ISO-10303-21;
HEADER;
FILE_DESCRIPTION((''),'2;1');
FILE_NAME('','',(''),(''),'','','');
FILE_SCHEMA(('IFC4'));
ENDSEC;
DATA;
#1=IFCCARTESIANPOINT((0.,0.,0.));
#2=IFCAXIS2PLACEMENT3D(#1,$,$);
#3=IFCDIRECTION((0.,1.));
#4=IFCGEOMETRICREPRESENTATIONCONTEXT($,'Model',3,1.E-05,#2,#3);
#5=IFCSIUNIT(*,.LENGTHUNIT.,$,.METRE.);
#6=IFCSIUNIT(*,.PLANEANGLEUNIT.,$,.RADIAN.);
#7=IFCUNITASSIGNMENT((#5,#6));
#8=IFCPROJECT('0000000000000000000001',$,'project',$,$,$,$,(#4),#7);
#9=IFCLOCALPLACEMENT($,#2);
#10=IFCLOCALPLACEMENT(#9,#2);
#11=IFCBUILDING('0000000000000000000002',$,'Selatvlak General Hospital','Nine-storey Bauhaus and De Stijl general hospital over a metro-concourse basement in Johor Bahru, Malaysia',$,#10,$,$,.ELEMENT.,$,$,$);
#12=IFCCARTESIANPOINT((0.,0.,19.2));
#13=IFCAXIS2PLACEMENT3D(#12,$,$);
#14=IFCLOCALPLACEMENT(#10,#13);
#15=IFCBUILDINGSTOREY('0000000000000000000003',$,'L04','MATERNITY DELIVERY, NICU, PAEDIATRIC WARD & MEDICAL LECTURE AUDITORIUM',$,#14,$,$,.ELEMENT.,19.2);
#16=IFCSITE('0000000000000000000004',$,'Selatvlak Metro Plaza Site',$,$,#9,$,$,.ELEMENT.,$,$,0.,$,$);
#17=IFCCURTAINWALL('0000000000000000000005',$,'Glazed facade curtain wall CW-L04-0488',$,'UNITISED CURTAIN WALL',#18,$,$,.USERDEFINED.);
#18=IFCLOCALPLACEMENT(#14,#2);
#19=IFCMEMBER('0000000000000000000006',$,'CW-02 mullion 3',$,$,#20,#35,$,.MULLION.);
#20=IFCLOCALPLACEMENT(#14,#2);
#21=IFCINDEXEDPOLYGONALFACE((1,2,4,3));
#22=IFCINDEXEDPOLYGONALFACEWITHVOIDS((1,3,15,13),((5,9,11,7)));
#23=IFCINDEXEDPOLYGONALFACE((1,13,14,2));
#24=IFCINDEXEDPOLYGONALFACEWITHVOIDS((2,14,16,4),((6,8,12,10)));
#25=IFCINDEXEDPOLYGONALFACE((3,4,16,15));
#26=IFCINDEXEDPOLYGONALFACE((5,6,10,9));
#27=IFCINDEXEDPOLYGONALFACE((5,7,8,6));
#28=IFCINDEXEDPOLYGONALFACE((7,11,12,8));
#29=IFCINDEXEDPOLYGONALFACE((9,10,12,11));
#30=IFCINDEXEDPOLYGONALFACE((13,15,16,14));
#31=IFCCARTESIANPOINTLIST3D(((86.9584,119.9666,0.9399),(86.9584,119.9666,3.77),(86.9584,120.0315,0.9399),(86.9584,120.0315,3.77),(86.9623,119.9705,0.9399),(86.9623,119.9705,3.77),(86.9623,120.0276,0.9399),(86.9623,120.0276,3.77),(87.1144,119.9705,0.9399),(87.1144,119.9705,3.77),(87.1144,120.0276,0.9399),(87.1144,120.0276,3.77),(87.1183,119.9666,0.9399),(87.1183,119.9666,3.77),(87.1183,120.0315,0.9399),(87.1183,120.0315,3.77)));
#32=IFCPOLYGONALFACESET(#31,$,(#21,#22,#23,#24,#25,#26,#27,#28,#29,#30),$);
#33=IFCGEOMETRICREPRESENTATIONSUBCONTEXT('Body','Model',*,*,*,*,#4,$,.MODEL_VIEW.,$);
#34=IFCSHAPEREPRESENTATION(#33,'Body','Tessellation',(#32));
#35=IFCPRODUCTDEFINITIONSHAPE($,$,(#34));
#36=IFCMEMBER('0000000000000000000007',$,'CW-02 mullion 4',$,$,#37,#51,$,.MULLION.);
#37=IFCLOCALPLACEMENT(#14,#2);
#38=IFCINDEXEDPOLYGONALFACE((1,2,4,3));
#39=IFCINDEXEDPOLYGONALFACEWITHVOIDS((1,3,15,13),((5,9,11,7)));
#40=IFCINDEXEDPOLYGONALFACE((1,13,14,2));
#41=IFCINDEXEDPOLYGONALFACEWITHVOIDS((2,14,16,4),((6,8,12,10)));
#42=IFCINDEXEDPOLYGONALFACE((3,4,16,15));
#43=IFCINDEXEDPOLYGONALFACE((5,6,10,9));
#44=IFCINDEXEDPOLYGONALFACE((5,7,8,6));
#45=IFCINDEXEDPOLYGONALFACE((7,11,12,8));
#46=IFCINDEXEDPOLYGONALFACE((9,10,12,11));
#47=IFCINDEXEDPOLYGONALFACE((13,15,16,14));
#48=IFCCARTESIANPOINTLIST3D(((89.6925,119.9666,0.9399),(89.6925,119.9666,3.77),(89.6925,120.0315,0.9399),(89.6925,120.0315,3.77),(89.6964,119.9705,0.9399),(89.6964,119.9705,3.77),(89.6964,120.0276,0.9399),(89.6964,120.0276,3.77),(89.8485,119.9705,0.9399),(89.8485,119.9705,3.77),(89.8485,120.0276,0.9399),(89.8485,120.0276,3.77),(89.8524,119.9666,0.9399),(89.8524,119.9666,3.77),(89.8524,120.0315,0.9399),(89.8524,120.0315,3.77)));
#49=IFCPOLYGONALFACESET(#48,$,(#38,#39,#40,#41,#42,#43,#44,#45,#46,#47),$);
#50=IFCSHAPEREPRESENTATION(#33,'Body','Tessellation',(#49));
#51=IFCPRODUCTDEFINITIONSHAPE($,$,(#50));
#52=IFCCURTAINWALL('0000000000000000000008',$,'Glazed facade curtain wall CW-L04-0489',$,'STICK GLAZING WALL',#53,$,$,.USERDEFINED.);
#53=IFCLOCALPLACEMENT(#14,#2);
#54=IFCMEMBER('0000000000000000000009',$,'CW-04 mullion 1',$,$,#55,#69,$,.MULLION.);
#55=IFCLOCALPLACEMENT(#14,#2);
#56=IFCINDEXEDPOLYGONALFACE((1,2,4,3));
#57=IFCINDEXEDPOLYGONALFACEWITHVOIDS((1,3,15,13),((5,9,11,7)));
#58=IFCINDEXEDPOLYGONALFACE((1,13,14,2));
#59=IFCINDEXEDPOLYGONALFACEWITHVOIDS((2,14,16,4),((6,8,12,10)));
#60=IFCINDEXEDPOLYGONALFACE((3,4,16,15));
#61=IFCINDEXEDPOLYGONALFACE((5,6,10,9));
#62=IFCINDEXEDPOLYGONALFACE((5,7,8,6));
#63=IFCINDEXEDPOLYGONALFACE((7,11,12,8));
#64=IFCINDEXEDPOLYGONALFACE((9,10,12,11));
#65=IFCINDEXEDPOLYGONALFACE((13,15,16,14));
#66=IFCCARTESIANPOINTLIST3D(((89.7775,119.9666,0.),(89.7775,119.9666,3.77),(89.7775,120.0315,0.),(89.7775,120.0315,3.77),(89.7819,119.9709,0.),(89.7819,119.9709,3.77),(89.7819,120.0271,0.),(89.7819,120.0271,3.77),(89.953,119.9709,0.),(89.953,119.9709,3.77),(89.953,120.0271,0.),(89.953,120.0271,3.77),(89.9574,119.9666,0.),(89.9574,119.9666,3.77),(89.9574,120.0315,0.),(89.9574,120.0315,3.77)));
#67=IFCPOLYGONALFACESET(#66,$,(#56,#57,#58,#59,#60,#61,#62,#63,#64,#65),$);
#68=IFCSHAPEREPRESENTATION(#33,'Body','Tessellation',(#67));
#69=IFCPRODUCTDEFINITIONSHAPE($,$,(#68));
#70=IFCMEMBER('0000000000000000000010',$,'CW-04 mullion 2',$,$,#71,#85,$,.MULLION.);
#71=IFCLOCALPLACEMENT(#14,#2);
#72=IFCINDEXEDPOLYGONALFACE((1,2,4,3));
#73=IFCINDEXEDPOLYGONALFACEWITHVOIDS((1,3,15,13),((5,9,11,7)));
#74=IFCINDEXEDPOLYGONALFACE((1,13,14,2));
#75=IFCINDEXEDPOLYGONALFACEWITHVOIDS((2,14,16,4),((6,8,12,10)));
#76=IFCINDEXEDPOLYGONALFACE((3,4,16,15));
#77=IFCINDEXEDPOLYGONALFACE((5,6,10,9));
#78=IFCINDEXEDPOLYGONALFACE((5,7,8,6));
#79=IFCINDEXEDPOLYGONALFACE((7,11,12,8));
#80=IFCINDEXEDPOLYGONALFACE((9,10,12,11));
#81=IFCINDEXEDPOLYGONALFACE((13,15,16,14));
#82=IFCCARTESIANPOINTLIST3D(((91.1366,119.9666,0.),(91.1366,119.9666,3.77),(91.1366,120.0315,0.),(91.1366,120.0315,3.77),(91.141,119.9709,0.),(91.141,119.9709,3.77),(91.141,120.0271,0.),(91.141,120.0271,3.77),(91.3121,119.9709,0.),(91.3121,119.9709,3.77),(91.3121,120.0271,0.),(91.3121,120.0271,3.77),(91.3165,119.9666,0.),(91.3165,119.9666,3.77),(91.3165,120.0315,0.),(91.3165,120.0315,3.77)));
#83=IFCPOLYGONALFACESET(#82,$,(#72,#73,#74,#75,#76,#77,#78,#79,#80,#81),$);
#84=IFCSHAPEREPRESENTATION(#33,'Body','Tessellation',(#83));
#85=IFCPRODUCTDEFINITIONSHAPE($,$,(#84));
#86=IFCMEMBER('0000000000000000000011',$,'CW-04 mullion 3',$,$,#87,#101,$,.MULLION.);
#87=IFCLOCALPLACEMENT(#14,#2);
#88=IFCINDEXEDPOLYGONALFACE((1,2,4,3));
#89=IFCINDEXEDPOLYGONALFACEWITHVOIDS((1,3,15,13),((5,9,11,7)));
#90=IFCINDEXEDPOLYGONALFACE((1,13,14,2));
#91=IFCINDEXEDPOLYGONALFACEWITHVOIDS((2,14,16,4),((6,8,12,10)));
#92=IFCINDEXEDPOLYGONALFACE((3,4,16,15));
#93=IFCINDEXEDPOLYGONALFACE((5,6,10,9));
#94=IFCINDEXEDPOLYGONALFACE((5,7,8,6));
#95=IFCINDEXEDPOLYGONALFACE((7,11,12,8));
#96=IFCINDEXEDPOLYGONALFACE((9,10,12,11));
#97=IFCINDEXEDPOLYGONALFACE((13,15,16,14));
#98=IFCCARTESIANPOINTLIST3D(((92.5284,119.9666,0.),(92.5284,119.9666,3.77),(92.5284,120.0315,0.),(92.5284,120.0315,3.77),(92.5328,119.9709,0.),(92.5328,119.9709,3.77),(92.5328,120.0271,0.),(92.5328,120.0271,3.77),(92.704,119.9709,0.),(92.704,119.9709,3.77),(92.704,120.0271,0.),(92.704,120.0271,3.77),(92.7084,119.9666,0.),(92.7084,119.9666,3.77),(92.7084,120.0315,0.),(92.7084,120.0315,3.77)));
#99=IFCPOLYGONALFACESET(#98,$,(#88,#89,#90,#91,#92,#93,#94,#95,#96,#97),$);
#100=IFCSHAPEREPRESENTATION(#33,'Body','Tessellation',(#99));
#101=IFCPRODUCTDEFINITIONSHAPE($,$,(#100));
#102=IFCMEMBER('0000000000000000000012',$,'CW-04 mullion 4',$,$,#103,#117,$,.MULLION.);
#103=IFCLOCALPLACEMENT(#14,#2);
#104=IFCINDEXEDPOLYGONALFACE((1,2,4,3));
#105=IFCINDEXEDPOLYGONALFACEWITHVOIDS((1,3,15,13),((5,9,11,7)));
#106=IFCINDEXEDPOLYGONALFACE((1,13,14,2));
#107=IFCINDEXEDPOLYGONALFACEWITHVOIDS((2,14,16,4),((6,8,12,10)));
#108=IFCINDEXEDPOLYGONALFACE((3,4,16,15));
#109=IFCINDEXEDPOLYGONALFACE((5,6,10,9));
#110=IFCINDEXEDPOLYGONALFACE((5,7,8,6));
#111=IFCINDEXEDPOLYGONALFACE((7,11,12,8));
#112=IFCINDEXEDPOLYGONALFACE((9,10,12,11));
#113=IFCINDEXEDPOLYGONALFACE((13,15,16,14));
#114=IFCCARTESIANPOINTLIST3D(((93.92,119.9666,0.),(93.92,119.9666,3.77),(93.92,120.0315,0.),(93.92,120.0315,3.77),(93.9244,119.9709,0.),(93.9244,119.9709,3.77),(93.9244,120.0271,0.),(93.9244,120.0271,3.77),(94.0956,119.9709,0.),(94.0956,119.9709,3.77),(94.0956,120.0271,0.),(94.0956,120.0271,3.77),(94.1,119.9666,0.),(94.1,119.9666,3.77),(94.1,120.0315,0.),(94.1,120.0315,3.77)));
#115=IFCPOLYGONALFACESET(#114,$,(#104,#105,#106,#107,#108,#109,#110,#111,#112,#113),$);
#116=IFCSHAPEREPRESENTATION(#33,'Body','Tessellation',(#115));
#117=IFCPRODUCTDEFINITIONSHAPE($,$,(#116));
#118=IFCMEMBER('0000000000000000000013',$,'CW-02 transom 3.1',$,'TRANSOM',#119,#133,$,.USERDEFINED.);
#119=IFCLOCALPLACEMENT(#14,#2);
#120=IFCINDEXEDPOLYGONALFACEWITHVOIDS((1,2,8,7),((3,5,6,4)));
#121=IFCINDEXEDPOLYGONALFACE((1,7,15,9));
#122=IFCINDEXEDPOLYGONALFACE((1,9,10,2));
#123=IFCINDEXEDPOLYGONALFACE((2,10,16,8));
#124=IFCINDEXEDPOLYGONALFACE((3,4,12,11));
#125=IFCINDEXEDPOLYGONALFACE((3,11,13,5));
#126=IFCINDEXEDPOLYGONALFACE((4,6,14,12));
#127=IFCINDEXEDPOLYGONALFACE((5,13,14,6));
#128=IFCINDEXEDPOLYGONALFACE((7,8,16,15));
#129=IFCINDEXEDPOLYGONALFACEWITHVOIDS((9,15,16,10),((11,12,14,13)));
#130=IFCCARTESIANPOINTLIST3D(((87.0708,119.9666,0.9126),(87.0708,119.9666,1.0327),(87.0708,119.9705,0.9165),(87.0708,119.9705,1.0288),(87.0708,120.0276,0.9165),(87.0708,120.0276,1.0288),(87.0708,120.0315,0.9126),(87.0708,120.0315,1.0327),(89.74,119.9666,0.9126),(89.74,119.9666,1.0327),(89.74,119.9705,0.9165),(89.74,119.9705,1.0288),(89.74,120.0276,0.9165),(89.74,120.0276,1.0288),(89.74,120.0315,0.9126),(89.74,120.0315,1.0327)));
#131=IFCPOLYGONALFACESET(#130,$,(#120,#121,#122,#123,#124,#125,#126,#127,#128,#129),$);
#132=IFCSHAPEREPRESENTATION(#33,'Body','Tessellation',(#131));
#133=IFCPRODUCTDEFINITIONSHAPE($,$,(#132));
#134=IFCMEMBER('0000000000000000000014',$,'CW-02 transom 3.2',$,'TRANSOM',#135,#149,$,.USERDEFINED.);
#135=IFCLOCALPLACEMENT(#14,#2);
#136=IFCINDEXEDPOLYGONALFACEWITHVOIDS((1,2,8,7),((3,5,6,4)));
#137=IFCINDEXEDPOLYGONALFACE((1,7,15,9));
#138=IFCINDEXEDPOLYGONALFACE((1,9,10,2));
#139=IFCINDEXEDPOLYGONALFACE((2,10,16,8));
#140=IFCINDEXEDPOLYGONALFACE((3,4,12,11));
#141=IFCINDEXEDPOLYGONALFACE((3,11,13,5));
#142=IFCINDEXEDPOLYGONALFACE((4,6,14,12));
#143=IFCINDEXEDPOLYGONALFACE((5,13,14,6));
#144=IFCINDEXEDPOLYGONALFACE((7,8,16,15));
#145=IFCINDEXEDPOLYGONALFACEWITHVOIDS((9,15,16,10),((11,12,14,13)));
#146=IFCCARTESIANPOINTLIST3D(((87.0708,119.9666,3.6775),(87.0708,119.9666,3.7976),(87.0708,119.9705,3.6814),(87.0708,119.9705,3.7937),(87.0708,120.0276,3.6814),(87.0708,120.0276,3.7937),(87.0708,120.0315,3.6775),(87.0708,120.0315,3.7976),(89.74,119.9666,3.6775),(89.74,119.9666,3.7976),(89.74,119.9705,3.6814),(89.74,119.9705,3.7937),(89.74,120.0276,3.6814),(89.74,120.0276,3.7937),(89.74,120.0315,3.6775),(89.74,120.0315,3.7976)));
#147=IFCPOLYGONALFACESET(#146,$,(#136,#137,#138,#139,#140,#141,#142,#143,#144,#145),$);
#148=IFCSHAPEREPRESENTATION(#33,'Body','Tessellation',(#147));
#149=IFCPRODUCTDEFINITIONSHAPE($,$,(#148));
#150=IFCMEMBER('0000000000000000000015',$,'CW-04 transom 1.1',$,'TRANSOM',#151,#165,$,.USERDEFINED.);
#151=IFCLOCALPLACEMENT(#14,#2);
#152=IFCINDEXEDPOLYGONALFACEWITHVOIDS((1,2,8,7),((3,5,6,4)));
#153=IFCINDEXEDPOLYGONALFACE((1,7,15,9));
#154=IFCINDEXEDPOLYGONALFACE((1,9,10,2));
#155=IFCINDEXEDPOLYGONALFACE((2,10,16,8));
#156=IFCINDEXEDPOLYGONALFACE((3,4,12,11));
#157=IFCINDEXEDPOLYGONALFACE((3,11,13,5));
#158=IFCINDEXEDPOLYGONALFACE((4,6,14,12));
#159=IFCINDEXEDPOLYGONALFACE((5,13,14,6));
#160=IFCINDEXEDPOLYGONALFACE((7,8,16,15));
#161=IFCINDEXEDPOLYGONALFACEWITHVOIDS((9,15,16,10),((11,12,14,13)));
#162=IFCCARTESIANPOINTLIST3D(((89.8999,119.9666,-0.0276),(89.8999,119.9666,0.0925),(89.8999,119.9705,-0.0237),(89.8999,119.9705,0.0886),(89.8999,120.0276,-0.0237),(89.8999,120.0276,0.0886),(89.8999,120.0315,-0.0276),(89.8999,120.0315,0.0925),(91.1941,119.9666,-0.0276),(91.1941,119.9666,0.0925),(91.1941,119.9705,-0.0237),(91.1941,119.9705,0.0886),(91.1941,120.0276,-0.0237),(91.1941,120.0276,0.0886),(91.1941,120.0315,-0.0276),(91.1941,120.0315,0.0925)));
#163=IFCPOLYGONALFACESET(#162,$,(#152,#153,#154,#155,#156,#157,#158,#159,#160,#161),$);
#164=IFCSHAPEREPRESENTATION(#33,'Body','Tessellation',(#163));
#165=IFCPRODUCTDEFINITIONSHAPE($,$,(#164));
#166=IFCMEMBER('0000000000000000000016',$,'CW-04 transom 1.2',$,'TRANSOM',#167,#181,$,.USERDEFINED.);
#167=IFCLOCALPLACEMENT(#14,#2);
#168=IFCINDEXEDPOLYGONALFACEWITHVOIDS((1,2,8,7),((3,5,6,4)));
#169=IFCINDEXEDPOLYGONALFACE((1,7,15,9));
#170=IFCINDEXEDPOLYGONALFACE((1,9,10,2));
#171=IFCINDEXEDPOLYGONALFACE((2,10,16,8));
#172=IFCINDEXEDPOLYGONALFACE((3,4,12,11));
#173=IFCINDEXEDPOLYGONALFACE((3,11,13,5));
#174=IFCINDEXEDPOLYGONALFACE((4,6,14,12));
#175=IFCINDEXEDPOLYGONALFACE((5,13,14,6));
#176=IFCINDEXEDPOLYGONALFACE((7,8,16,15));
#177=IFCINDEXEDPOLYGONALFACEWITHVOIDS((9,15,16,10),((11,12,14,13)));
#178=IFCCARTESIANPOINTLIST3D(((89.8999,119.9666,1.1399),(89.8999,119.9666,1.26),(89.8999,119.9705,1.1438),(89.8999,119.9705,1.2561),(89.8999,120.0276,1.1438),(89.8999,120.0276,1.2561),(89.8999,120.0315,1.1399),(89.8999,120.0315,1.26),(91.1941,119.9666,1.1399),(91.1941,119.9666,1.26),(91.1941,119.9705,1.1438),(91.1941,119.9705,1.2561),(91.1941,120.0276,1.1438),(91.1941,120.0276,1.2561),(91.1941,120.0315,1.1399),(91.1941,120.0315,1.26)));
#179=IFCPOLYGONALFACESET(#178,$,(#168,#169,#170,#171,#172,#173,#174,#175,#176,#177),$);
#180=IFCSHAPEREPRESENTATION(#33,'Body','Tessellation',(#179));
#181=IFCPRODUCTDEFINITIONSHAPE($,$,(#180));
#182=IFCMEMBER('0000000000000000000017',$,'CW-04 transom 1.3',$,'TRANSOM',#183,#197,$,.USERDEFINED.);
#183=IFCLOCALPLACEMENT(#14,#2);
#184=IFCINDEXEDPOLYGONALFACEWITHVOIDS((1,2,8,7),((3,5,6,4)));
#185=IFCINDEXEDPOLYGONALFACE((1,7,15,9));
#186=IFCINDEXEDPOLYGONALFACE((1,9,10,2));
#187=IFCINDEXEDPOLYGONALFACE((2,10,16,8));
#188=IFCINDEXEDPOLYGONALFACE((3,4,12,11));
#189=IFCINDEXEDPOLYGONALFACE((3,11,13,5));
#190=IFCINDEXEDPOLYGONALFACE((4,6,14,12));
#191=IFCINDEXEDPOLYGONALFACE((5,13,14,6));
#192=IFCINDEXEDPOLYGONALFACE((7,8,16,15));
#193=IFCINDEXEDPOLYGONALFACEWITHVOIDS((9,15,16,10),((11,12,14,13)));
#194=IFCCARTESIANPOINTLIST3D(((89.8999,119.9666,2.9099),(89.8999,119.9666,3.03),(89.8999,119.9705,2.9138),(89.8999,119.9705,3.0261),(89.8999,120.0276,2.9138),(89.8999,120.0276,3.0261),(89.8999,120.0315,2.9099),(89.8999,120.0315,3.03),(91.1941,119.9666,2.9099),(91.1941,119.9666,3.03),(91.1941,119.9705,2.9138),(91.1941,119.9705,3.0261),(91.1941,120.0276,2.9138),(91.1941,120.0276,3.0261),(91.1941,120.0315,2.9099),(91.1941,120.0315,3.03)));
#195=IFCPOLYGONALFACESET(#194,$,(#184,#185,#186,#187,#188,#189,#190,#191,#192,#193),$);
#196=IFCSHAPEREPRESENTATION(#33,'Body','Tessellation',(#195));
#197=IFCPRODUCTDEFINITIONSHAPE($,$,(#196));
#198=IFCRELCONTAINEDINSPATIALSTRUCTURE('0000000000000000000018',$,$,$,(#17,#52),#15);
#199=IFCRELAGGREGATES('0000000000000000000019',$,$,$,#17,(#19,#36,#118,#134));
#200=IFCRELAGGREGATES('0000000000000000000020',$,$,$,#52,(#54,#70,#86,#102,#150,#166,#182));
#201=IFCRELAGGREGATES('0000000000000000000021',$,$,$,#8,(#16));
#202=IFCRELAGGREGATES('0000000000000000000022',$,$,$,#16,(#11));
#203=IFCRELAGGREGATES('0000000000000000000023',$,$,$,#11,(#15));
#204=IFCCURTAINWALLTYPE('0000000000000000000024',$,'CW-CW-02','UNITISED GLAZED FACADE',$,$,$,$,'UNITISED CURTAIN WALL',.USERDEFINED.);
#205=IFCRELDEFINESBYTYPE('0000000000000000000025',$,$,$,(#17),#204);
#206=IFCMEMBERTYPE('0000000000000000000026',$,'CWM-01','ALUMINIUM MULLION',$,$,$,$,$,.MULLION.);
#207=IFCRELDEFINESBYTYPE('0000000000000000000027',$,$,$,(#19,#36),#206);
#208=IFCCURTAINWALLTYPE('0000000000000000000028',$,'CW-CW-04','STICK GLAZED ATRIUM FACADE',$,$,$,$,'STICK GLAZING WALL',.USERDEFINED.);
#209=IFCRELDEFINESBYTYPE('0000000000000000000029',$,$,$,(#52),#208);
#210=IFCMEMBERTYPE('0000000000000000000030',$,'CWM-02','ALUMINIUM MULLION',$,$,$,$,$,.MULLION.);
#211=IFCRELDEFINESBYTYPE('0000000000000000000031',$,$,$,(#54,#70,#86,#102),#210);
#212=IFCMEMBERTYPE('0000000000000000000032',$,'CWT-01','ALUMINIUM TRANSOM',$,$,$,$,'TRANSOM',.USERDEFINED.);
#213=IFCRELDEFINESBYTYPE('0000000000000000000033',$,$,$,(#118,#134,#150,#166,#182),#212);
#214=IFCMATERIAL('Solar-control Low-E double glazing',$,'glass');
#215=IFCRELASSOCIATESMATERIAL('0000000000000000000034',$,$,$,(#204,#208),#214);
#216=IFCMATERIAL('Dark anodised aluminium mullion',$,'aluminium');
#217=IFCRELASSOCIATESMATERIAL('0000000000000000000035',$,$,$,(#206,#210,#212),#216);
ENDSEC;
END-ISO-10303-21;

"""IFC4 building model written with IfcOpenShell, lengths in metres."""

from ifc_helpers import new_model, si_unit, direction, frame, origin, origin_2d, place, context, subcontext, project, spatial, hollow_rectangle, extrude, material, material_profile, profile_set, type_object, element, aggregate, save


model = new_model("IFC4")

# Units and contexts
model_context = context("Model", 3, precision=1e-05, world=origin(), true_north=direction((0.0, 1.0)))
body_context = subcontext(model_context, "Body", "Model", "MODEL_VIEW")
ifc_project = project(units=[si_unit("LENGTHUNIT", "METRE"), si_unit("PLANEANGLEUNIT", "RADIAN")], contexts=[model_context])

# Site, building, storey
site_placement = place(None, origin())
site = spatial("IfcSite", under=ifc_project, at=site_placement, Name="Selatvlak Metro Plaza Site", CompositionType="ELEMENT", RefElevation=0.0)
building_placement = place(site_placement, origin())
building = spatial("IfcBuilding", under=site, at=building_placement, Name="Selatvlak General Hospital", Description="Nine-storey Bauhaus and De Stijl general hospital over a metro-concourse basement in Johor Bahru, Malaysia", CompositionType="ELEMENT")
storey_placement = place(building_placement, frame((0.0, 0.0, 19.2)))
storey = spatial("IfcBuildingStorey", under=building, at=storey_placement, Name="L04", Description="MATERNITY DELIVERY, NICU, PAEDIATRIC WARD & MEDICAL LECTURE AUDITORIUM", CompositionType="ELEMENT", Elevation=19.2)

# Curtain walls, members
ifc_material_1 = material(Name="Solar-control Low-E double glazing", Category="glass")
curtain_wall_type_1 = type_object("IfcCurtainWallType", Name="CW-CW-02", Description="UNITISED GLAZED FACADE", ElementType="UNITISED CURTAIN WALL", PredefinedType="USERDEFINED", material=ifc_material_1)
curtain_wall_1_placement = place(storey_placement, origin())
curtain_wall_1 = element("IfcCurtainWall", 1, at=curtain_wall_1_placement, inside=storey, type_object=curtain_wall_type_1, Name="Glazed facade curtain wall CW-L04-0488", ObjectType="UNITISED CURTAIN WALL", PredefinedType="USERDEFINED")
ifc_material_2 = material(Name="Dark anodised aluminium mullion", Category="aluminium")
ifc_material_profile_1 = material_profile(ifc_material_2, hollow_rectangle(XDim=0.0649, YDim=0.1599, WallThickness=0.0039, at=origin_2d()), Name="AL-MUL 65x160x4")
ifc_profile_set_1 = profile_set([ifc_material_profile_1], Name="Dark anodised aluminium mullion")
member_type_1 = type_object("IfcMemberType", Name="CWM-01", Description="ALUMINIUM MULLION", PredefinedType="MULLION", material=ifc_profile_set_1)
member_1_placement = place(storey_placement, frame((87.0383, 119.999, 0.9399), z_axis=(0.0, 0.0, 1.0), x_axis=(0.0, 1.0, 0.0)))
member_1 = element("IfcMember", 2, at=member_1_placement, type_object=member_type_1, Name="CW-02 mullion 3", PredefinedType="MULLION", context=body_context, shape_type="SweptSolid", body=[
    extrude(hollow_rectangle(XDim=0.0649, YDim=0.1599, WallThickness=0.0039, at=origin_2d()), origin(), (0.0, 0.0, 1.0), 2.8301),
])
member_2_placement = place(storey_placement, frame((89.7725, 119.999, 0.9399), z_axis=(0.0, 0.0, 1.0), x_axis=(0.0, 1.0, 0.0)))
member_2 = element("IfcMember", 3, at=member_2_placement, type_object=member_type_1, Name="CW-02 mullion 4", PredefinedType="MULLION", context=body_context, shape_type="SweptSolid", body=[
    extrude(hollow_rectangle(XDim=0.0649, YDim=0.1599, WallThickness=0.0039, at=origin_2d()), origin(), (0.0, 0.0, 1.0), 2.8301),
])
curtain_wall_type_2 = type_object("IfcCurtainWallType", Name="CW-CW-04", Description="STICK GLAZED ATRIUM FACADE", ElementType="STICK GLAZING WALL", PredefinedType="USERDEFINED", material=ifc_material_1)
curtain_wall_2_placement = place(storey_placement, origin())
curtain_wall_2 = element("IfcCurtainWall", 4, at=curtain_wall_2_placement, inside=storey, type_object=curtain_wall_type_2, Name="Glazed facade curtain wall CW-L04-0489", ObjectType="STICK GLAZING WALL", PredefinedType="USERDEFINED")
ifc_material_profile_2 = material_profile(ifc_material_2, hollow_rectangle(XDim=0.0649, YDim=0.1799, WallThickness=0.0044, at=origin_2d()), Name="AL-MUL 65x180x4.5")
ifc_profile_set_2 = profile_set([ifc_material_profile_2], Name="Dark anodised aluminium mullion")
member_type_2 = type_object("IfcMemberType", Name="CWM-02", Description="ALUMINIUM MULLION", PredefinedType="MULLION", material=ifc_profile_set_2)
member_3_placement = place(storey_placement, frame((89.8674, 119.999, 0.0), z_axis=(0.0, 0.0, 1.0), x_axis=(0.0, 1.0, 0.0)))
member_3 = element("IfcMember", 5, at=member_3_placement, type_object=member_type_2, Name="CW-04 mullion 1", PredefinedType="MULLION", context=body_context, shape_type="SweptSolid", body=[
    extrude(hollow_rectangle(XDim=0.0649, YDim=0.1799, WallThickness=0.0044, at=origin_2d()), origin(), (0.0, 0.0, 1.0), 3.77),
])
member_4_placement = place(storey_placement, frame((91.2266, 119.999, 0.0), z_axis=(0.0, 0.0, 1.0), x_axis=(0.0, 1.0, 0.0)))
member_4 = element("IfcMember", 6, at=member_4_placement, type_object=member_type_2, Name="CW-04 mullion 2", PredefinedType="MULLION", context=body_context, shape_type="SweptSolid", body=[
    extrude(hollow_rectangle(XDim=0.0649, YDim=0.1799, WallThickness=0.0044, at=origin_2d()), origin(), (0.0, 0.0, 1.0), 3.77),
])
member_5_placement = place(storey_placement, frame((92.6184, 119.999, 0.0), z_axis=(0.0, 0.0, 1.0), x_axis=(0.0, 1.0, 0.0)))
member_5 = element("IfcMember", 7, at=member_5_placement, type_object=member_type_2, Name="CW-04 mullion 3", PredefinedType="MULLION", context=body_context, shape_type="SweptSolid", body=[
    extrude(hollow_rectangle(XDim=0.0649, YDim=0.1799, WallThickness=0.0044, at=origin_2d()), origin(), (0.0, 0.0, 1.0), 3.77),
])
member_6_placement = place(storey_placement, frame((94.01, 119.999, 0.0), z_axis=(0.0, 0.0, 1.0), x_axis=(0.0, 1.0, 0.0)))
member_6 = element("IfcMember", 8, at=member_6_placement, type_object=member_type_2, Name="CW-04 mullion 4", PredefinedType="MULLION", context=body_context, shape_type="SweptSolid", body=[
    extrude(hollow_rectangle(XDim=0.0649, YDim=0.1799, WallThickness=0.0044, at=origin_2d()), origin(), (0.0, 0.0, 1.0), 3.77),
])

# Members
ifc_material_profile_3 = material_profile(ifc_material_2, hollow_rectangle(XDim=0.0649, YDim=0.1201, WallThickness=0.0039, at=origin_2d()), Name="AL-TRN 65x120x4")
ifc_profile_set_3 = profile_set([ifc_material_profile_3], Name="Dark anodised aluminium mullion")
member_type_3 = type_object("IfcMemberType", Name="CWT-01", Description="ALUMINIUM TRANSOM", ElementType="TRANSOM", PredefinedType="USERDEFINED", material=ifc_profile_set_3)
member_7_placement = place(storey_placement, frame((87.0708, 119.999, 0.9727), z_axis=(1.0, 0.0, 0.0), x_axis=(0.0, 1.0, 0.0)))
member_7 = element("IfcMember", 9, at=member_7_placement, type_object=member_type_3, Name="CW-02 transom 3.1", ObjectType="TRANSOM", PredefinedType="USERDEFINED", context=body_context, shape_type="SweptSolid", body=[
    extrude(hollow_rectangle(XDim=0.0649, YDim=0.1201, WallThickness=0.0039, at=origin_2d()), origin(), (0.0, 0.0, 1.0), 2.6692),
])
member_8_placement = place(storey_placement, frame((87.0708, 119.999, 3.7375), z_axis=(1.0, 0.0, 0.0), x_axis=(0.0, 1.0, 0.0)))
member_8 = element("IfcMember", 10, at=member_8_placement, type_object=member_type_3, Name="CW-02 transom 3.2", ObjectType="TRANSOM", PredefinedType="USERDEFINED", context=body_context, shape_type="SweptSolid", body=[
    extrude(hollow_rectangle(XDim=0.0649, YDim=0.1201, WallThickness=0.0039, at=origin_2d()), origin(), (0.0, 0.0, 1.0), 2.6692),
])
member_9_placement = place(storey_placement, frame((89.8999, 119.999, 0.0325), z_axis=(1.0, 0.0, 0.0), x_axis=(0.0, 1.0, 0.0)))
member_9 = element("IfcMember", 11, at=member_9_placement, type_object=member_type_3, Name="CW-04 transom 1.1", ObjectType="TRANSOM", PredefinedType="USERDEFINED", context=body_context, shape_type="SweptSolid", body=[
    extrude(hollow_rectangle(XDim=0.0649, YDim=0.1201, WallThickness=0.0039, at=origin_2d()), origin(), (0.0, 0.0, 1.0), 1.2942),
])
member_10_placement = place(storey_placement, frame((89.8999, 119.999, 1.2), z_axis=(1.0, 0.0, 0.0), x_axis=(0.0, 1.0, 0.0)))
member_10 = element("IfcMember", 12, at=member_10_placement, type_object=member_type_3, Name="CW-04 transom 1.2", ObjectType="TRANSOM", PredefinedType="USERDEFINED", context=body_context, shape_type="SweptSolid", body=[
    extrude(hollow_rectangle(XDim=0.0649, YDim=0.1201, WallThickness=0.0039, at=origin_2d()), origin(), (0.0, 0.0, 1.0), 1.2942),
])
member_11_placement = place(storey_placement, frame((89.8999, 119.999, 2.97), z_axis=(1.0, 0.0, 0.0), x_axis=(0.0, 1.0, 0.0)))
member_11 = element("IfcMember", 13, at=member_11_placement, type_object=member_type_3, Name="CW-04 transom 1.3", ObjectType="TRANSOM", PredefinedType="USERDEFINED", context=body_context, shape_type="SweptSolid", body=[
    extrude(hollow_rectangle(XDim=0.0649, YDim=0.1201, WallThickness=0.0039, at=origin_2d()), origin(), (0.0, 0.0, 1.0), 1.2942),
])

aggregate(curtain_wall_1, [member_1, member_2, member_7, member_8])
aggregate(curtain_wall_2, [member_3, member_4, member_5, member_6, member_9, member_10, member_11])

save(model, "model.ifc")
